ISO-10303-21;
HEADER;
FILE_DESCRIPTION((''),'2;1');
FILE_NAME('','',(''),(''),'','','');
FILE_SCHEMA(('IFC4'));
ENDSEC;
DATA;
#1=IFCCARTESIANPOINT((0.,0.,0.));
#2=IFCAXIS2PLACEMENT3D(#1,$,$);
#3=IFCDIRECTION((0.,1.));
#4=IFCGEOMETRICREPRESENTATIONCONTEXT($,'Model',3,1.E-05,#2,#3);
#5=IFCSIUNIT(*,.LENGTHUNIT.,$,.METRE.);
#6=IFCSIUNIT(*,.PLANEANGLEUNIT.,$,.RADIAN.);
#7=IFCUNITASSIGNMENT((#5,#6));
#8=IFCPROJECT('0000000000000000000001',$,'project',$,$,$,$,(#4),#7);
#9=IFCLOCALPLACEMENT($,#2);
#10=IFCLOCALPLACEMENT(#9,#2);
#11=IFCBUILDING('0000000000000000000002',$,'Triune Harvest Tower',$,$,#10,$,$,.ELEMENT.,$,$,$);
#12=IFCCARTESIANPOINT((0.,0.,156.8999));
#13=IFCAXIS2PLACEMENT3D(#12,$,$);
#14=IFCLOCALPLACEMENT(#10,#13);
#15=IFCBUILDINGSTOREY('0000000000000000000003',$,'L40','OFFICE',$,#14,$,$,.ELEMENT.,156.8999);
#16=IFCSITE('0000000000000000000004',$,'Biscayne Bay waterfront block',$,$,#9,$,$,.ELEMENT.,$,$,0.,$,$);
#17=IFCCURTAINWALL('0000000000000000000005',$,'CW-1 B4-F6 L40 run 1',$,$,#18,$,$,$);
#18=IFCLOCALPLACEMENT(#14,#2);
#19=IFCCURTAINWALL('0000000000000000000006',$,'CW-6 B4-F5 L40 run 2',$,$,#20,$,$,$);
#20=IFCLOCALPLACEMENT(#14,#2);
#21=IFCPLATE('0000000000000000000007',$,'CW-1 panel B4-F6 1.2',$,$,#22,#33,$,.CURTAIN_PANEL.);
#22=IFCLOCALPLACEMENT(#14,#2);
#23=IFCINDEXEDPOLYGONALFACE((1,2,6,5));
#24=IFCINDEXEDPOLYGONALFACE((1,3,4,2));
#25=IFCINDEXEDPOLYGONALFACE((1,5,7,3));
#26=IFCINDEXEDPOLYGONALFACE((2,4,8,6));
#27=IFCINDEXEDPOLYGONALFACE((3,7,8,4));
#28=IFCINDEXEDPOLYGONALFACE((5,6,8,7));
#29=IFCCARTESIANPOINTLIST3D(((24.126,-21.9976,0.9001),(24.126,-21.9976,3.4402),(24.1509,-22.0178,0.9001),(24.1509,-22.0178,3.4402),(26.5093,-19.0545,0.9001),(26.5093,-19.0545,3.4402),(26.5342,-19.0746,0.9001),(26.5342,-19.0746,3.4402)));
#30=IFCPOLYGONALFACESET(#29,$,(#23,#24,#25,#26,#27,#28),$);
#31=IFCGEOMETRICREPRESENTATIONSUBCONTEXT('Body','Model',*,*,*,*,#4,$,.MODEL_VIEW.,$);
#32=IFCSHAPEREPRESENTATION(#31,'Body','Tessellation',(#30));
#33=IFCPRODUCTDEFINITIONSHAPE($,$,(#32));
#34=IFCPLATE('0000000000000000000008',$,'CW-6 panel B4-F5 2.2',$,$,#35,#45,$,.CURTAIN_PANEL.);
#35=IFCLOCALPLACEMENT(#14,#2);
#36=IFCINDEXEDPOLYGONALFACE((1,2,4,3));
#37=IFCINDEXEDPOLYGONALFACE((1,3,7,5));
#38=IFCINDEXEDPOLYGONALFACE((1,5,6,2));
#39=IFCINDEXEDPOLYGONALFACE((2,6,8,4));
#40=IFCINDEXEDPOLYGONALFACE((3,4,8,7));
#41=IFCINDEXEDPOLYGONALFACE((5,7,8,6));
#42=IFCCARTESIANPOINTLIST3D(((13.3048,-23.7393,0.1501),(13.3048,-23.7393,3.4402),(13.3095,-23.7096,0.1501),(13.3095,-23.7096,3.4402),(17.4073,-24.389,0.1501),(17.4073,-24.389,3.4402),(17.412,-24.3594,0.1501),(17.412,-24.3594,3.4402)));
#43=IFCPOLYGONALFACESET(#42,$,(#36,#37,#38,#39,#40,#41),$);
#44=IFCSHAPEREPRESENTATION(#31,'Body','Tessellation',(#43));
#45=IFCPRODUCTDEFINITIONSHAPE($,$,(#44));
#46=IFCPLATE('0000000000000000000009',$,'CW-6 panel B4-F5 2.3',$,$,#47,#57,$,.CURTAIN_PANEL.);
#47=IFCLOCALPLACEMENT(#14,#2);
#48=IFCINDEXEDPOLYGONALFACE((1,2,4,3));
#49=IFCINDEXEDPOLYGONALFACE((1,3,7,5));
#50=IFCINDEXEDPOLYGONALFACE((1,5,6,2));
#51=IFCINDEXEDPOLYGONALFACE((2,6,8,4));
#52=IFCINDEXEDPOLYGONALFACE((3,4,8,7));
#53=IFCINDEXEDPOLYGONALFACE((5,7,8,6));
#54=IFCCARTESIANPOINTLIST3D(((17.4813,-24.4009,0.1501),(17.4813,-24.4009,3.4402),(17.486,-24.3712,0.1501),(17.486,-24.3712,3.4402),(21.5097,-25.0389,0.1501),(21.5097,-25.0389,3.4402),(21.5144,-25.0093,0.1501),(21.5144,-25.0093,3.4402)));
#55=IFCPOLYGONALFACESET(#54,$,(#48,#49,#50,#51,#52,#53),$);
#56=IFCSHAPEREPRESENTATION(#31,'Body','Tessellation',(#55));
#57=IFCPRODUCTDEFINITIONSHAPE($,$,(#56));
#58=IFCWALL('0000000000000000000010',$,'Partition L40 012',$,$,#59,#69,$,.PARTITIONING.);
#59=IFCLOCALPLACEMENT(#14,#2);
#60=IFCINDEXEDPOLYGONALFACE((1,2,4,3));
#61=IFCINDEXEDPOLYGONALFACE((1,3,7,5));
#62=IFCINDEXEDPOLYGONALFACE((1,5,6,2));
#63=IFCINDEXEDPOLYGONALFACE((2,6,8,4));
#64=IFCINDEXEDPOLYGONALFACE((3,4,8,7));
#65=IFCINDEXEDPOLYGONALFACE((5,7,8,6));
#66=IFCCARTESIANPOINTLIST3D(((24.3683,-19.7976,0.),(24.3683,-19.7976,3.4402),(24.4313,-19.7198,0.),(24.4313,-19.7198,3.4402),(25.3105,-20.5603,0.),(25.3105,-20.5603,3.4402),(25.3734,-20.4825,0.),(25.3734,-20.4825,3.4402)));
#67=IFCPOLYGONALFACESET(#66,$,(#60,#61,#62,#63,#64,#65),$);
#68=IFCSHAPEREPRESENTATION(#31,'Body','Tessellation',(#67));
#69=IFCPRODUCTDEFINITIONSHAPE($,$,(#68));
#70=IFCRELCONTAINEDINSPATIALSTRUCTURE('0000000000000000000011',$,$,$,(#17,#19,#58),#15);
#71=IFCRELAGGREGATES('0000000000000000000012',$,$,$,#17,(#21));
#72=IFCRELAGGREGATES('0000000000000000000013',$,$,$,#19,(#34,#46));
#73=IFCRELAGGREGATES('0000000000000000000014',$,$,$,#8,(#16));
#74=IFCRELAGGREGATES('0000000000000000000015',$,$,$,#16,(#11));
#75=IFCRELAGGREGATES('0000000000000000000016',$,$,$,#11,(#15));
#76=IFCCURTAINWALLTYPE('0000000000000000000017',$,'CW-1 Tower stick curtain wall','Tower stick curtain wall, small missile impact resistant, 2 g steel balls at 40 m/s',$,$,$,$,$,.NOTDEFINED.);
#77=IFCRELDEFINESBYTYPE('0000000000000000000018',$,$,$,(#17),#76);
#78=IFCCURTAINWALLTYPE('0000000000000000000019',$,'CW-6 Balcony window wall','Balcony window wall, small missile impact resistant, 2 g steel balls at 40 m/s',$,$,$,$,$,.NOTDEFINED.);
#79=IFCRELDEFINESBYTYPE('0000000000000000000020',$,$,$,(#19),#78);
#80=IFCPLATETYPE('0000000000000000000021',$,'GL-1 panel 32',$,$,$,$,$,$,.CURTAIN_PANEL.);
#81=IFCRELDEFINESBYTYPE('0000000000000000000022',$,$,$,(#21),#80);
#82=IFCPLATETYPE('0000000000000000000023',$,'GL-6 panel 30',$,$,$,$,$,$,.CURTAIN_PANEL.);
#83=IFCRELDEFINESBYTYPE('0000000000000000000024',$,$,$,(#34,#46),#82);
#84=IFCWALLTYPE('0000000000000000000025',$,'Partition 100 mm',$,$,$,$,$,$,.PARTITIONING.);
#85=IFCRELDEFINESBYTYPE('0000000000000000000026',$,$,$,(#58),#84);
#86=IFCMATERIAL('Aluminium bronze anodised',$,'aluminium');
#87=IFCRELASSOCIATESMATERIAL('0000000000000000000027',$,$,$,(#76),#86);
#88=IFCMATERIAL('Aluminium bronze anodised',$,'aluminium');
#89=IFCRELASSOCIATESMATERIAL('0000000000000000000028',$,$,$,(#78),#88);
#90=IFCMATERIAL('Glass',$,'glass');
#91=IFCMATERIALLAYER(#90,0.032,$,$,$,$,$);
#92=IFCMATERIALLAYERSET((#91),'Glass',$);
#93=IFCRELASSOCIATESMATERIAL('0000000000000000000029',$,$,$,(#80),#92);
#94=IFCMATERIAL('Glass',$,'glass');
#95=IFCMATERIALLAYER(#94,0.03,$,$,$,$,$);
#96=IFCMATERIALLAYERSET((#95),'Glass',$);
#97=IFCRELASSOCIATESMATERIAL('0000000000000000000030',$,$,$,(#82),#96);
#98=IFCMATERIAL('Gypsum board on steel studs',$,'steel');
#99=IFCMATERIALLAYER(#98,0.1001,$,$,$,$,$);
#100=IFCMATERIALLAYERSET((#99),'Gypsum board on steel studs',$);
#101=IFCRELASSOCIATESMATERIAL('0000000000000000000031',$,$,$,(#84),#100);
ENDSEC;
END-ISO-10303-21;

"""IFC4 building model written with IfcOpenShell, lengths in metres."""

from ifc_helpers import new_model, si_unit, direction, frame, frame_2d, origin, origin_2d, place, context, subcontext, project, spatial, rectangle, extrude, source, transform, mapped, material, layer, layer_set, type_object, element, aggregate, save


model = new_model("IFC4")

# Units and contexts
model_context = context("Model", 3, precision=1e-05, world=origin(), true_north=direction((0.0, 1.0)))
body_context = subcontext(model_context, "Body", "Model", "MODEL_VIEW")
ifc_project = project(units=[si_unit("LENGTHUNIT", "METRE"), si_unit("PLANEANGLEUNIT", "RADIAN")], contexts=[model_context])

# Site, building, storey
site_placement = place(None, origin())
site = spatial("IfcSite", under=ifc_project, at=site_placement, Name="Biscayne Bay waterfront block", CompositionType="ELEMENT", RefElevation=0.0)
building_placement = place(site_placement, origin())
building = spatial("IfcBuilding", under=site, at=building_placement, Name="Triune Harvest Tower", CompositionType="ELEMENT")
storey_placement = place(building_placement, frame((0.0, 0.0, 156.8999)))
storey = spatial("IfcBuildingStorey", under=building, at=storey_placement, Name="L40", Description="OFFICE", CompositionType="ELEMENT", Elevation=156.8999)

# Curtain walls
ifc_material_1 = material(Name="Aluminium bronze anodised", Category="aluminium")
curtain_wall_type_1 = type_object("IfcCurtainWallType", Name="CW-1 Tower stick curtain wall", Description="Tower stick curtain wall, small missile impact resistant, 2 g steel balls at 40 m/s", PredefinedType="NOTDEFINED", material=ifc_material_1)
curtain_wall_1_placement = place(storey_placement, origin())
curtain_wall_1 = element("IfcCurtainWall", 1, at=curtain_wall_1_placement, inside=storey, type_object=curtain_wall_type_1, Name="CW-1 B4-F6 L40 run 1")
ifc_material_2 = material(Name="Aluminium bronze anodised", Category="aluminium")
curtain_wall_type_2 = type_object("IfcCurtainWallType", Name="CW-6 Balcony window wall", Description="Balcony window wall, small missile impact resistant, 2 g steel balls at 40 m/s", PredefinedType="NOTDEFINED", material=ifc_material_2)
curtain_wall_2_placement = place(storey_placement, origin())
curtain_wall_2 = element("IfcCurtainWall", 2, at=curtain_wall_2_placement, inside=storey, type_object=curtain_wall_type_2, Name="CW-6 B4-F5 L40 run 2")

# Plates
ifc_material_3 = material(Name="Glass", Category="glass")
ifc_layer_1 = layer(ifc_material_3, 0.032)
ifc_layer_set_1 = layer_set([ifc_layer_1], Name="Glass")
plate_type_1 = type_object("IfcPlateType", Name="GL-1 panel 32", PredefinedType="CURTAIN_PANEL", material=ifc_layer_set_1)
shared_shape_1 = source(origin(), body_context, "Body", "SweptSolid", [
    extrude(rectangle(XDim=3.7871, YDim=0.032, at=origin_2d()), origin(), (0.0, 0.0, 1.0), 2.54),
])
plate_1_placement = place(storey_placement, frame((25.3301, -20.5361, 0.9001), z_axis=(0.0, 0.0, 1.0), x_axis=(0.629321, 0.777146, 0.0)))
plate_1 = element("IfcPlate", 3, at=plate_1_placement, type_object=plate_type_1, Name="CW-1 panel B4-F6 1.2", PredefinedType="CURTAIN_PANEL", context=body_context, shape_type="MappedRepresentation", body=[
    mapped(shared_shape_1, transform((0.0, 0.0, 0.0), scale=1.0)),
])
aggregate(curtain_wall_1, [plate_1])
ifc_material_4 = material(Name="Glass", Category="glass")
ifc_layer_2 = layer(ifc_material_4, 0.03)
ifc_layer_set_2 = layer_set([ifc_layer_2], Name="Glass")
plate_type_2 = type_object("IfcPlateType", Name="GL-6 panel 30", PredefinedType="CURTAIN_PANEL", material=ifc_layer_set_2)
shared_shape_2 = source(origin(), body_context, "Body", "SweptSolid", [
    extrude(rectangle(XDim=4.1536, YDim=0.03, at=origin_2d()), origin(), (0.0, 0.0, 1.0), 3.29),
])
plate_2_placement = place(storey_placement, frame((15.3584, -24.0493, 0.1501), z_axis=(0.0, 0.0, 1.0), x_axis=(0.987688, -0.156435, 0.0)))
plate_2 = element("IfcPlate", 4, at=plate_2_placement, type_object=plate_type_2, Name="CW-6 panel B4-F5 2.2", PredefinedType="CURTAIN_PANEL", context=body_context, shape_type="MappedRepresentation", body=[
    mapped(shared_shape_2, transform((0.0, 0.0, 0.0), scale=1.0)),
])
shared_shape_3 = source(origin(), body_context, "Body", "SweptSolid", [
    extrude(rectangle(XDim=4.0786, YDim=0.03, at=origin_2d()), origin(), (0.0, 0.0, 1.0), 3.29),
])
plate_3_placement = place(storey_placement, frame((19.4978, -24.7051, 0.1501), z_axis=(0.0, 0.0, 1.0), x_axis=(0.987688, -0.156435, 0.0)))
plate_3 = element("IfcPlate", 5, at=plate_3_placement, type_object=plate_type_2, Name="CW-6 panel B4-F5 2.3", PredefinedType="CURTAIN_PANEL", context=body_context, shape_type="MappedRepresentation", body=[
    mapped(shared_shape_3, transform((0.0, 0.0, 0.0), scale=1.0)),
])
aggregate(curtain_wall_2, [plate_2, plate_3])

# Wall
ifc_material_5 = material(Name="Gypsum board on steel studs", Category="steel")
ifc_layer_3 = layer(ifc_material_5, 0.1001)
ifc_layer_set_3 = layer_set([ifc_layer_3], Name="Gypsum board on steel studs")
wall_type = type_object("IfcWallType", Name="Partition 100 mm", PredefinedType="PARTITIONING", material=ifc_layer_set_3)
shared_shape_4 = source(origin(), body_context, "Body", "SweptSolid", [
    extrude(rectangle(XDim=1.2122, YDim=0.1001, at=frame_2d((0.606, 0.0))), origin(), (0.0, 0.0, 1.0), 3.4402),
])
wall_placement = place(storey_placement, frame((24.3999, -19.7588, 0.0), z_axis=(0.0, 0.0, 1.0), x_axis=(0.77724, -0.629204, 0.0)))
element("IfcWall", 6, at=wall_placement, inside=storey, type_object=wall_type, Name="Partition L40 012", PredefinedType="PARTITIONING", context=body_context, shape_type="MappedRepresentation", body=[
    mapped(shared_shape_4, transform((0.0, 0.0, 0.0), scale=1.0)),
])

save(model, "model.ifc")
